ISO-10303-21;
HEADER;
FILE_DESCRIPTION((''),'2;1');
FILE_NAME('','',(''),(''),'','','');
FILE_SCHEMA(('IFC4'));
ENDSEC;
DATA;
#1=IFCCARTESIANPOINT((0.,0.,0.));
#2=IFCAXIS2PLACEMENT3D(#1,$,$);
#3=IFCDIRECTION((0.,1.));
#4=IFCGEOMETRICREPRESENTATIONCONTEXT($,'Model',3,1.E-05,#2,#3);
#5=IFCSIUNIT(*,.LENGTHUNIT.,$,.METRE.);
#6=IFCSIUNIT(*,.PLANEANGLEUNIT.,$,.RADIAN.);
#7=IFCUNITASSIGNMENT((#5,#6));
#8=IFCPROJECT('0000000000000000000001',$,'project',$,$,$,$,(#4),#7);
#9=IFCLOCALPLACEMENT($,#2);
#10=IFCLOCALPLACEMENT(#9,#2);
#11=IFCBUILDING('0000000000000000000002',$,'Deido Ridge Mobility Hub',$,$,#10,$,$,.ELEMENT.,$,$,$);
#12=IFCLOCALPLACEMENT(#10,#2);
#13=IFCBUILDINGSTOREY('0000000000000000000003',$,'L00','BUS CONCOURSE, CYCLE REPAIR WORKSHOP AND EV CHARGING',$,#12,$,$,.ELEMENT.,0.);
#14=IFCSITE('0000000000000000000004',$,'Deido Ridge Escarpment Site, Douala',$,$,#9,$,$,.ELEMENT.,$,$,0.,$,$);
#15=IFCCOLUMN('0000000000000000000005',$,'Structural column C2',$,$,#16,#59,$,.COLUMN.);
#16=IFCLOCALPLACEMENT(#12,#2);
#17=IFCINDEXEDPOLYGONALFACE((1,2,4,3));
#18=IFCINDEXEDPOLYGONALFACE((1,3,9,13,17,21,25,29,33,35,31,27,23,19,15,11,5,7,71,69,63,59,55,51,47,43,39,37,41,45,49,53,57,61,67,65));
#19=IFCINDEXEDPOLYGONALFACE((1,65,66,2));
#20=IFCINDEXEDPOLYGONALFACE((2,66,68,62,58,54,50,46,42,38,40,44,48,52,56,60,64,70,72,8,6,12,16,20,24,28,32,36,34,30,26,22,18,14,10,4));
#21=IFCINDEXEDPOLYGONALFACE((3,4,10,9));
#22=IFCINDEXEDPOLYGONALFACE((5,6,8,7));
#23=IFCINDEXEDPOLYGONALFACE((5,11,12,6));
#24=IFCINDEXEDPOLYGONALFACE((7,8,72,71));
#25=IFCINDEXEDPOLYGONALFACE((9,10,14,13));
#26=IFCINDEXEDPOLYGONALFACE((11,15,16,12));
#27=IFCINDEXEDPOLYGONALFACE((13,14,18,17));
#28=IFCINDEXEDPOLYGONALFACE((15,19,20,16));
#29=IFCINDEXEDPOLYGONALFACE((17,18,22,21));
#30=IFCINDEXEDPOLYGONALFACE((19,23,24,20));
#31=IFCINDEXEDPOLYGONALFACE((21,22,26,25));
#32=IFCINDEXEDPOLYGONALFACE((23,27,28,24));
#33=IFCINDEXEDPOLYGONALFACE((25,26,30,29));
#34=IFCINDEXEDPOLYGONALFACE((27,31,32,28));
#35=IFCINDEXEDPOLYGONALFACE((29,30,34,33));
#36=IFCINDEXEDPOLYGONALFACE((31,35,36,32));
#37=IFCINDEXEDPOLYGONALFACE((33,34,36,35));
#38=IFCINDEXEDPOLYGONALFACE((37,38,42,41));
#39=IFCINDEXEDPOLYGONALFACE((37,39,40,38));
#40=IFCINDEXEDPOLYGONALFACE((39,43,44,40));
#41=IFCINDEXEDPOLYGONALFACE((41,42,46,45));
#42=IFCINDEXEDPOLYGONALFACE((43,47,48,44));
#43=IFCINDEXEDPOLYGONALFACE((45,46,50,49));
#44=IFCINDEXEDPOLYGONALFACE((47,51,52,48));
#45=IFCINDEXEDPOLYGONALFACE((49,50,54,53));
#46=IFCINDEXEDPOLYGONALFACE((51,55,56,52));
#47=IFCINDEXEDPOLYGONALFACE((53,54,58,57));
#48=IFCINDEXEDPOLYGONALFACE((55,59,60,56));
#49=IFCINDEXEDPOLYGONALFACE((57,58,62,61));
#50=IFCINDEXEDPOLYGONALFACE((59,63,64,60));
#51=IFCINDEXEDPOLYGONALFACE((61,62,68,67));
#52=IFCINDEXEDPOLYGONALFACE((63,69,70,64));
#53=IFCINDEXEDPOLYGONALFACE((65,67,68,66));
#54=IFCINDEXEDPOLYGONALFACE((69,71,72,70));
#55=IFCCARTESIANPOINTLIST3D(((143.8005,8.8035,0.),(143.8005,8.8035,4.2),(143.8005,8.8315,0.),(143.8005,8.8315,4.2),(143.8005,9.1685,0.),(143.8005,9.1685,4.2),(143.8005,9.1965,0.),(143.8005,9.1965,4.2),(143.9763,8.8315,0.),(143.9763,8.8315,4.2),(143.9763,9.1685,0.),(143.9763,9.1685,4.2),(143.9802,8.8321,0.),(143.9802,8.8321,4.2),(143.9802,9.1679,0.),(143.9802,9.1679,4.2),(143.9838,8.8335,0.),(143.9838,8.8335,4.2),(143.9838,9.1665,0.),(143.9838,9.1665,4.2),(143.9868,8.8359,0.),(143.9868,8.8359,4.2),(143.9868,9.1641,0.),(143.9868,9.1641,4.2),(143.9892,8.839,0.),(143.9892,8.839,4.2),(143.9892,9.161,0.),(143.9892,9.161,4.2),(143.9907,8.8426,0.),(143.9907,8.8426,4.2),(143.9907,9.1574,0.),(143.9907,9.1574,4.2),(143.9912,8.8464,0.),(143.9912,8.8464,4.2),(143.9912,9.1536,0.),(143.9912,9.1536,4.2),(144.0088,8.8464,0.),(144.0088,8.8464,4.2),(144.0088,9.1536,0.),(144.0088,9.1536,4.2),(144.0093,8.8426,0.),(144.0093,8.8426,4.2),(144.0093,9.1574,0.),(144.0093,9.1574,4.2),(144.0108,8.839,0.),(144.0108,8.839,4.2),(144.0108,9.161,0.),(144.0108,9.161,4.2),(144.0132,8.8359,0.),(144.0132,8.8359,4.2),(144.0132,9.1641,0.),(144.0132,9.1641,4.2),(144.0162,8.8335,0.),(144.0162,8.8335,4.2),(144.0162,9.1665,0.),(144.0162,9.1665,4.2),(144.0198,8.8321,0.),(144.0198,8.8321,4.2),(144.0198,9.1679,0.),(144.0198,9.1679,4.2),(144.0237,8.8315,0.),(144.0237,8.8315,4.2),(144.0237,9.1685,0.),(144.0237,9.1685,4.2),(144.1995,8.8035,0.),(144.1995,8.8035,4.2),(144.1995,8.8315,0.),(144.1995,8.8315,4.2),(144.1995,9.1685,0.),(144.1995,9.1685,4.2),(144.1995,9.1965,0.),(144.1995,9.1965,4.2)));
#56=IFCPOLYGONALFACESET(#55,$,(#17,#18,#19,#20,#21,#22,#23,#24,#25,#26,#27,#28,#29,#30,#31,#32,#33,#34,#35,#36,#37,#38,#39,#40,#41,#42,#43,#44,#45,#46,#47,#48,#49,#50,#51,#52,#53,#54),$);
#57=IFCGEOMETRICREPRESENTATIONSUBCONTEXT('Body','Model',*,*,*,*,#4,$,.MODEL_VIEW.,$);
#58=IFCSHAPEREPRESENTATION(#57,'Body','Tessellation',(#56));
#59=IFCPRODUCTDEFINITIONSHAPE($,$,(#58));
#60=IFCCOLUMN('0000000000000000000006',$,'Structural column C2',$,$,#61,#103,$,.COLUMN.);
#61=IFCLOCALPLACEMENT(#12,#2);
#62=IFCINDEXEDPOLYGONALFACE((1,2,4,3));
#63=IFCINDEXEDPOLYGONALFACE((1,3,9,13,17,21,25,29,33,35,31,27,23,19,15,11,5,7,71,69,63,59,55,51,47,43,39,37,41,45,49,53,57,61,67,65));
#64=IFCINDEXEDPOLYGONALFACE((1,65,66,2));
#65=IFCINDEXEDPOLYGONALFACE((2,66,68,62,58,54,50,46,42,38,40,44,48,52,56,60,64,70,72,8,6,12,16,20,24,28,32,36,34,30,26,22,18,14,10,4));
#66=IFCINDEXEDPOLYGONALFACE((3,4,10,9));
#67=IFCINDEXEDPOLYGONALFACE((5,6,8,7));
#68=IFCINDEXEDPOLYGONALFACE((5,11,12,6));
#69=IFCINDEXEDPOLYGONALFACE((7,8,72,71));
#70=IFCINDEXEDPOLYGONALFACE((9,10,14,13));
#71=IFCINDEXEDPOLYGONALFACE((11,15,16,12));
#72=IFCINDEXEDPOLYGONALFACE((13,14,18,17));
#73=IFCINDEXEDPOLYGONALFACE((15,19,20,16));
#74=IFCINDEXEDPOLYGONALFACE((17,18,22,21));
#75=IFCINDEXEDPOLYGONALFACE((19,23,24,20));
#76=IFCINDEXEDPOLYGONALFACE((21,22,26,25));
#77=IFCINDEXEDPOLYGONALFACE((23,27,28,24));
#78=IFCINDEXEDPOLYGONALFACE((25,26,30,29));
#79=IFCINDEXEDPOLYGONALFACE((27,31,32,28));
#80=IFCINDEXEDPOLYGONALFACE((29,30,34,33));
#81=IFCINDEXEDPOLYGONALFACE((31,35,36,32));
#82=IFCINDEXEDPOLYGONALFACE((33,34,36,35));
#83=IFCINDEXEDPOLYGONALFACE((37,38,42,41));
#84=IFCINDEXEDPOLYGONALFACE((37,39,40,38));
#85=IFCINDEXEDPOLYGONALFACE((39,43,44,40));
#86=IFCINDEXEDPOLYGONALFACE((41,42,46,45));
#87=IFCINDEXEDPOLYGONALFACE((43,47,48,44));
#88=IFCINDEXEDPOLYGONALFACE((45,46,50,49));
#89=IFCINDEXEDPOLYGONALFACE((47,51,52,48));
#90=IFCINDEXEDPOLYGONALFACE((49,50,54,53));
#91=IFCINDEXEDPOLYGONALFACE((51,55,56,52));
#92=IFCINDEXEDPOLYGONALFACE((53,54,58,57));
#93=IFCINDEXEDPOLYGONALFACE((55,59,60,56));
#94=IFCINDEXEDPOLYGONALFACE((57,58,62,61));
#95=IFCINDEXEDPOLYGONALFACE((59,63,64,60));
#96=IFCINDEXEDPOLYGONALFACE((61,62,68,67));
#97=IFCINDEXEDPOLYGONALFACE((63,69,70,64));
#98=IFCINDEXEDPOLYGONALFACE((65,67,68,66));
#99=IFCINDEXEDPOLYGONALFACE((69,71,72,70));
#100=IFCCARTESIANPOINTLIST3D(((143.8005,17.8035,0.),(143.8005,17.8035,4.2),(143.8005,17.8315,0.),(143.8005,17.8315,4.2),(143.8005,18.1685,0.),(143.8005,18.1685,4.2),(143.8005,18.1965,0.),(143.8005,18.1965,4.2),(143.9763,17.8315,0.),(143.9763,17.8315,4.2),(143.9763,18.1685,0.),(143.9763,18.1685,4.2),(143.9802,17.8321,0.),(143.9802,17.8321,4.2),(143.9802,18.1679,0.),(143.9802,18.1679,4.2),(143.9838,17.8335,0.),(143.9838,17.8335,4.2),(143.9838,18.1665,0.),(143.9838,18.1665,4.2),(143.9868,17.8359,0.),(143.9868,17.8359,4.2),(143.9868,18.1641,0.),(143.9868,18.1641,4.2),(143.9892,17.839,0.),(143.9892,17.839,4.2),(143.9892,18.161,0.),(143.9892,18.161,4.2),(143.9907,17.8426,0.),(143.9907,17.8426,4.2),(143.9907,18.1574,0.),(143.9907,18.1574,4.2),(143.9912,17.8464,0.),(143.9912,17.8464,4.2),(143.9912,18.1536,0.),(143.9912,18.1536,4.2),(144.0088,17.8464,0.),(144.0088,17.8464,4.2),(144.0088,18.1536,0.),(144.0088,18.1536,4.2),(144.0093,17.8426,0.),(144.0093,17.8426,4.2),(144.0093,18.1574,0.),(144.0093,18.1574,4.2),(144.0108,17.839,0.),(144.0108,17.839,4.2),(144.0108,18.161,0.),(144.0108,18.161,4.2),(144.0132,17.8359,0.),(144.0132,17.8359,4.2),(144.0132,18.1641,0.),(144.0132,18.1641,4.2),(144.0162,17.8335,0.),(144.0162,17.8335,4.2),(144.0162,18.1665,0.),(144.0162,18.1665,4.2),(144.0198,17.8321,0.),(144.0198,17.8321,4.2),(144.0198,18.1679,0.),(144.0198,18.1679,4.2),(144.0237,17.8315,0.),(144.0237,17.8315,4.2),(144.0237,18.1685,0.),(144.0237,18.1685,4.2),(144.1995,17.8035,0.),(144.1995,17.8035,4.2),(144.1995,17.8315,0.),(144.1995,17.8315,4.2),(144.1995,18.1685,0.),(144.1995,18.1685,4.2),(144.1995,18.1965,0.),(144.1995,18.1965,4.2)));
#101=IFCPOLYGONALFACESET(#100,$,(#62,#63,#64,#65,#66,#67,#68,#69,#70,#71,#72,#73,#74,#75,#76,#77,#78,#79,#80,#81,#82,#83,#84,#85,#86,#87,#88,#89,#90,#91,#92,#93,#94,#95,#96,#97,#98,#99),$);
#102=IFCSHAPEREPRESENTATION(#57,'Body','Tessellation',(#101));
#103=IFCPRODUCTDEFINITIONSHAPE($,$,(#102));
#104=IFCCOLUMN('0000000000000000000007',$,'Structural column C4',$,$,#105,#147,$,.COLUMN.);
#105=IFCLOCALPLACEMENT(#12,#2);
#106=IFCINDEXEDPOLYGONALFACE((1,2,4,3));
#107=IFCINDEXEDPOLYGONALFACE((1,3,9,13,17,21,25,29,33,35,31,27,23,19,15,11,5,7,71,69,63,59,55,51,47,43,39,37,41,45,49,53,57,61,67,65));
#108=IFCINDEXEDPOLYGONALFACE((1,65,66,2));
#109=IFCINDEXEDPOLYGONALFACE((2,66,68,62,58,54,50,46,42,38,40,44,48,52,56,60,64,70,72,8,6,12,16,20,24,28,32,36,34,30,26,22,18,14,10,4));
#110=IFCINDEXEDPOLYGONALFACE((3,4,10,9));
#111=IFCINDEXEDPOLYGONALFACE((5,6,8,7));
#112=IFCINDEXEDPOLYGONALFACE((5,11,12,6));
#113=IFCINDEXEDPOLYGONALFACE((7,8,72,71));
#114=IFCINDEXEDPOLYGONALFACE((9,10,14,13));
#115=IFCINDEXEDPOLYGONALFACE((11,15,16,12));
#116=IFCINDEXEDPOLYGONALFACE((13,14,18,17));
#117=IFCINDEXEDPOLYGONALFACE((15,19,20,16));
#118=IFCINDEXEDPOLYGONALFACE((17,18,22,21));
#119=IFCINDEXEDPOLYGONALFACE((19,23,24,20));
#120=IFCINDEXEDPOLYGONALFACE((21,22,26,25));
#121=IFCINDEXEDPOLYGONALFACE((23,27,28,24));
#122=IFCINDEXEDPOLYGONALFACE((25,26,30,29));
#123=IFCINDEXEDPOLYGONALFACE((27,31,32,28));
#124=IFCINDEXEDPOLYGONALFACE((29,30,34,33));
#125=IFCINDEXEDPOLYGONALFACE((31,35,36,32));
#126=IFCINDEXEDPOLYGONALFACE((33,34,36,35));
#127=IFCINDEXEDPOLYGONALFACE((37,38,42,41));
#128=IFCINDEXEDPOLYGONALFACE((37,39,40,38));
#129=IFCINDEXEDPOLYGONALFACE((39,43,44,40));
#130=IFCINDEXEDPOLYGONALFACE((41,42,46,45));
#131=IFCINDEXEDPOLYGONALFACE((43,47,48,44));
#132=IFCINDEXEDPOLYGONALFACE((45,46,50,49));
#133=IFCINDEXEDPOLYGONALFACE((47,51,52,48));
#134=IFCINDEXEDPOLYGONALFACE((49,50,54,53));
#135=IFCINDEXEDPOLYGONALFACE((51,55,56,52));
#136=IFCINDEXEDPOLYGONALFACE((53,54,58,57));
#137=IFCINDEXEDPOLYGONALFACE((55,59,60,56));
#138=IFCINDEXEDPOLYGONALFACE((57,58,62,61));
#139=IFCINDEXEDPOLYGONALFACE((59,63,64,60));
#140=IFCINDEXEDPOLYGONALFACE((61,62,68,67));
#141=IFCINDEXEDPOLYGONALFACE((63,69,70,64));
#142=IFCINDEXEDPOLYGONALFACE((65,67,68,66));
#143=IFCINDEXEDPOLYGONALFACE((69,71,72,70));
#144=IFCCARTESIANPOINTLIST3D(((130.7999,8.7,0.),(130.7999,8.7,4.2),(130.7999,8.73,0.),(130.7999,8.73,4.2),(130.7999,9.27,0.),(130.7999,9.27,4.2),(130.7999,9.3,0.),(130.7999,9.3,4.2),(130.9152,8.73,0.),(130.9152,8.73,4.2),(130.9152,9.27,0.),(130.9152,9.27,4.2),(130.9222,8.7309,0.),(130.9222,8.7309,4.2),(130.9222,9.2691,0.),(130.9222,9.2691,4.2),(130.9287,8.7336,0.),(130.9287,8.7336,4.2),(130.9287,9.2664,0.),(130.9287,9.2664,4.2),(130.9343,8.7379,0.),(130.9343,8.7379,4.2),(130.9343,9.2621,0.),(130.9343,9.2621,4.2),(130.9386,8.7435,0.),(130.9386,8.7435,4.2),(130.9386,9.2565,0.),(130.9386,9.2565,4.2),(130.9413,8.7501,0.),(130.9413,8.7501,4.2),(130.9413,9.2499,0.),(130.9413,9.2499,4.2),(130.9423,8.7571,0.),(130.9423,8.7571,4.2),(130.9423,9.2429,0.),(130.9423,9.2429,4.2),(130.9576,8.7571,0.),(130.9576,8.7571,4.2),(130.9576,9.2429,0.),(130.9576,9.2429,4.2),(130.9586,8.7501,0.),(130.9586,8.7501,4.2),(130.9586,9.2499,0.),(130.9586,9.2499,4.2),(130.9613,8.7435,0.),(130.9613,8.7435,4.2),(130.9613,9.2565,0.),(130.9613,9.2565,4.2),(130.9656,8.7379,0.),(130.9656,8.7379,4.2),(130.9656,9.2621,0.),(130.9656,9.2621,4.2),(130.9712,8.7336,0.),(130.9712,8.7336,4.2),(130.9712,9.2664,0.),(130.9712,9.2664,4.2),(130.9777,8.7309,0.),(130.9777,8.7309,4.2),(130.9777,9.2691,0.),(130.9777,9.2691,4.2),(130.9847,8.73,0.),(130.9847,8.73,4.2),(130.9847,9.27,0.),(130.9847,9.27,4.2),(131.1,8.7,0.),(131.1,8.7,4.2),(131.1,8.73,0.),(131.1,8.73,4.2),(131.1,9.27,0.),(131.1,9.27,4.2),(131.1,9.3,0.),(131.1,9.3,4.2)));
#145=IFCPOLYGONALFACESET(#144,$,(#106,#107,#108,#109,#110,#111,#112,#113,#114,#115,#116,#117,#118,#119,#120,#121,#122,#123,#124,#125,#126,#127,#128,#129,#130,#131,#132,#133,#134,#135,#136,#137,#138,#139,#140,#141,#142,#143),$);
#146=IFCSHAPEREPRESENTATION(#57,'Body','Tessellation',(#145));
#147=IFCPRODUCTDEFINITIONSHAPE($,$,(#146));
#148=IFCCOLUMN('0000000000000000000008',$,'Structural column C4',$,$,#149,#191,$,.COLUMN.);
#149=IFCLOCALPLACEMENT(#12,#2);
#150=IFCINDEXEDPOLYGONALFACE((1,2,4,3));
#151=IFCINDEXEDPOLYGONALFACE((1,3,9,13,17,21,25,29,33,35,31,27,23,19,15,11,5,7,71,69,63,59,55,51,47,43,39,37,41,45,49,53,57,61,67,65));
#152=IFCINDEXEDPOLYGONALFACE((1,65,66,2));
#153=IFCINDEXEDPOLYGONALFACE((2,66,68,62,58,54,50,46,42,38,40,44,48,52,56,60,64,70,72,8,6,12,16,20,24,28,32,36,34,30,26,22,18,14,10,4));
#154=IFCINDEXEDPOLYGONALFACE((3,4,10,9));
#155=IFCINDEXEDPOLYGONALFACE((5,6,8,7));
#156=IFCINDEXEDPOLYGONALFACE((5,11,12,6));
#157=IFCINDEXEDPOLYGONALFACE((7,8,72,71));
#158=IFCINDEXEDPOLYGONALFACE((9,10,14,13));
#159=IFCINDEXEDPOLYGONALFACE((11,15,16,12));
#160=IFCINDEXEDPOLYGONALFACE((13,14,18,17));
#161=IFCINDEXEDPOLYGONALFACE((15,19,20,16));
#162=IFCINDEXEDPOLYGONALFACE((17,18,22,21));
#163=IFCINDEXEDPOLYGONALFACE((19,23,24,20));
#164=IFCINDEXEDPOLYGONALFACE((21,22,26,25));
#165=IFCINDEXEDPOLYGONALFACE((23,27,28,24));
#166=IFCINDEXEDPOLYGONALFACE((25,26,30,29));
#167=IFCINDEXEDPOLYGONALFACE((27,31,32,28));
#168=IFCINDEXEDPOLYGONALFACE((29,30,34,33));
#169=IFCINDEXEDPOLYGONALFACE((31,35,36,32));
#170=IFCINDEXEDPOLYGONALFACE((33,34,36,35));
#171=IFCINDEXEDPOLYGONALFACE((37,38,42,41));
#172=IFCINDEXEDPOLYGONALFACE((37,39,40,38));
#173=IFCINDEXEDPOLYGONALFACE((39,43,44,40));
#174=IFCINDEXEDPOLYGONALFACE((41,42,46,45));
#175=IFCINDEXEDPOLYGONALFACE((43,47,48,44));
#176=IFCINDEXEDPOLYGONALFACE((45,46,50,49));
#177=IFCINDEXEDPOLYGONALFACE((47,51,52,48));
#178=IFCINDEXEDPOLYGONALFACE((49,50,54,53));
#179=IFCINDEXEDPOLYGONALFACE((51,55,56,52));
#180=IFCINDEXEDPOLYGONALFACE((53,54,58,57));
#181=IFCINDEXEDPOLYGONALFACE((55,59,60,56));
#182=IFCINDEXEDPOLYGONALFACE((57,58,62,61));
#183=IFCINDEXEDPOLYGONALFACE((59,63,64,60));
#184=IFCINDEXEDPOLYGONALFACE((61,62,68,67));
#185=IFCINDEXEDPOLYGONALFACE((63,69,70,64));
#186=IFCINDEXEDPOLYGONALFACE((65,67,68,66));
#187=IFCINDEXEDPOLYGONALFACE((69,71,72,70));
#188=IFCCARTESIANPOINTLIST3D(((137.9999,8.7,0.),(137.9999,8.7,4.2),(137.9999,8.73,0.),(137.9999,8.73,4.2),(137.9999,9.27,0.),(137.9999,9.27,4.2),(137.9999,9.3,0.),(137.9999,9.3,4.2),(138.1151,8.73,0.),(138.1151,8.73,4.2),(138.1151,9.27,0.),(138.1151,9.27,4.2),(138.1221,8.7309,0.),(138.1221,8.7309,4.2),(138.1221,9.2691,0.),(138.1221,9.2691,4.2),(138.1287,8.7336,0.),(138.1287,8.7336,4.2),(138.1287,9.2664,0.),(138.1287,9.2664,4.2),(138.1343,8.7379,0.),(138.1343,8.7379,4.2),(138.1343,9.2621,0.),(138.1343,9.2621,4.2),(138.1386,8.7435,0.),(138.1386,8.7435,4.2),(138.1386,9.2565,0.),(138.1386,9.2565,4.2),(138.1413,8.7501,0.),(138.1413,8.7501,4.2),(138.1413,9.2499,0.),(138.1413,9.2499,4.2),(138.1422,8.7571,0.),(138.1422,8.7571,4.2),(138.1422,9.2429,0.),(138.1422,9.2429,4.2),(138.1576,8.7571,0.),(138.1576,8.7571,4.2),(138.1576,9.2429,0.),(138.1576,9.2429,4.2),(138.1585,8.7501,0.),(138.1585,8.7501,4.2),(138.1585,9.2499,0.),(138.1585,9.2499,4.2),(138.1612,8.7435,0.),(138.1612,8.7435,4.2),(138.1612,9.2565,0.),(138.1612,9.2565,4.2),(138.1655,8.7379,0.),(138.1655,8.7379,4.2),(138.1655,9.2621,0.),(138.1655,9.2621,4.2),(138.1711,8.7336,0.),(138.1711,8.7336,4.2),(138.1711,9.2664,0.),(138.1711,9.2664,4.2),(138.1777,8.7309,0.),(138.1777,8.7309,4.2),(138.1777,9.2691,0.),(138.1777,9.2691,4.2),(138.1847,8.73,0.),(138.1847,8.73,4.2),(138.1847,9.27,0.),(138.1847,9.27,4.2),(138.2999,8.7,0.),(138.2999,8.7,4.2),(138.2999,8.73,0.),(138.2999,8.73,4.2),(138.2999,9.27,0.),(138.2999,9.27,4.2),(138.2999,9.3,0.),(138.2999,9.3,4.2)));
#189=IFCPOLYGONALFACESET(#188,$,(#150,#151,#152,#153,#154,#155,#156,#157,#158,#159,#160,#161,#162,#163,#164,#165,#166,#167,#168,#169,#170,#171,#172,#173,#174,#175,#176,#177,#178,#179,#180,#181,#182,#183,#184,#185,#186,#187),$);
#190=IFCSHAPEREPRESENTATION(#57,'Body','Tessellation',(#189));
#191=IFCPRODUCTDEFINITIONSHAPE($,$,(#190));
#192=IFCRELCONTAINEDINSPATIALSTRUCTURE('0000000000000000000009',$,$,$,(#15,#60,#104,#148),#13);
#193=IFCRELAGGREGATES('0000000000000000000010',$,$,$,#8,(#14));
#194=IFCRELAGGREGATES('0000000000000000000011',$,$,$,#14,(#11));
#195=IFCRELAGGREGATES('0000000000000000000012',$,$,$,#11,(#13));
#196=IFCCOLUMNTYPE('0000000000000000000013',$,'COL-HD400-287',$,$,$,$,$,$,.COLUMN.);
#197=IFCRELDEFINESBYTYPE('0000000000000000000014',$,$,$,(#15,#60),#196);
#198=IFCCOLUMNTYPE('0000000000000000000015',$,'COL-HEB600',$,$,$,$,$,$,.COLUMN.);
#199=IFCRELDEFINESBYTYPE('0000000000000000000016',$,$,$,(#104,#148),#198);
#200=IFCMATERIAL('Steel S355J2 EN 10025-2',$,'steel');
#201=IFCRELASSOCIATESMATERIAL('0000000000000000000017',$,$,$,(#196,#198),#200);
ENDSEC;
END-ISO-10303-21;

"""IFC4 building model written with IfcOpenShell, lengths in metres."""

from ifc_helpers import new_model, si_unit, direction, frame, origin, origin_2d, place, context, subcontext, project, spatial, i_section, extrude, material, material_profile, profile_set, type_object, element, save


model = new_model("IFC4")

# Units and contexts
model_context = context("Model", 3, precision=1e-05, world=origin(), true_north=direction((0.0, 1.0)))
body_context = subcontext(model_context, "Body", "Model", "MODEL_VIEW")
ifc_project = project(units=[si_unit("LENGTHUNIT", "METRE"), si_unit("PLANEANGLEUNIT", "RADIAN")], contexts=[model_context])

# Site, building, storey
site_placement = place(None, origin())
site = spatial("IfcSite", under=ifc_project, at=site_placement, Name="Deido Ridge Escarpment Site, Douala", CompositionType="ELEMENT", RefElevation=0.0)
building_placement = place(site_placement, origin())
building = spatial("IfcBuilding", under=site, at=building_placement, Name="Deido Ridge Mobility Hub", CompositionType="ELEMENT")
storey_placement = place(building_placement, origin())
storey = spatial("IfcBuildingStorey", under=building, at=storey_placement, Name="L00", Description="BUS CONCOURSE, CYCLE REPAIR WORKSHOP AND EV CHARGING", CompositionType="ELEMENT", Elevation=0.0)

# Columns
ifc_material_1 = material(Name="Steel S355J2 EN 10025-2", Category="steel")
ifc_material_profile_1 = material_profile(ifc_material_1, i_section(OverallWidth=0.3989, OverallDepth=0.3931, WebThickness=0.0176, FlangeThickness=0.0281, FilletRadius=0.0149, at=origin_2d()), Name="HD 400x287")
ifc_profile_set_1 = profile_set([ifc_material_profile_1], Name="Steel S355J2 EN 10025-2")
column_type_1 = type_object("IfcColumnType", Name="COL-HD400-287", PredefinedType="COLUMN", material=ifc_profile_set_1)
for number, where, z_axis, x_axis, name in (
    (1, (144.0, 9.0, 0.0), (0.0, 0.0, 1.0), (1.0, 0.0, 0.0), "Structural column C2"),
    (2, (144.0, 18.0, 0.0), (0.0, 0.0, 1.0), (1.0, 0.0, 0.0), "Structural column C2"),
):
    element("IfcColumn", number, at=place(storey_placement, frame(where, z_axis=z_axis, x_axis=x_axis)), inside=storey, type_object=column_type_1, Name=name, PredefinedType="COLUMN", context=body_context, shape_type="SweptSolid", body=[
        extrude(i_section(OverallWidth=0.3989, OverallDepth=0.3931, WebThickness=0.0176, FlangeThickness=0.0281, FilletRadius=0.0149, at=origin_2d()), origin(), (0.0, 0.0, 1.0), 4.2),
    ])
ifc_material_profile_2 = material_profile(ifc_material_1, i_section(OverallWidth=0.3, OverallDepth=0.6001, WebThickness=0.0154, FlangeThickness=0.03, FilletRadius=0.0271, at=origin_2d()), Name="HEB 600")
ifc_profile_set_2 = profile_set([ifc_material_profile_2], Name="Steel S355J2 EN 10025-2")
column_type_2 = type_object("IfcColumnType", Name="COL-HEB600", PredefinedType="COLUMN", material=ifc_profile_set_2)
for number, where, z_axis, x_axis, name in (
    (3, (130.95, 9.0, 0.0), (0.0, 0.0, 1.0), (1.0, 0.0, 0.0), "Structural column C4"),
    (4, (138.1499, 9.0, 0.0), (0.0, 0.0, 1.0), (1.0, 0.0, 0.0), "Structural column C4"),
):
    element("IfcColumn", number, at=place(storey_placement, frame(where, z_axis=z_axis, x_axis=x_axis)), inside=storey, type_object=column_type_2, Name=name, PredefinedType="COLUMN", context=body_context, shape_type="SweptSolid", body=[
        extrude(i_section(OverallWidth=0.3, OverallDepth=0.6001, WebThickness=0.0154, FlangeThickness=0.03, FilletRadius=0.0271, at=origin_2d()), origin(), (0.0, 0.0, 1.0), 4.2),
    ])

save(model, "model.ifc")
